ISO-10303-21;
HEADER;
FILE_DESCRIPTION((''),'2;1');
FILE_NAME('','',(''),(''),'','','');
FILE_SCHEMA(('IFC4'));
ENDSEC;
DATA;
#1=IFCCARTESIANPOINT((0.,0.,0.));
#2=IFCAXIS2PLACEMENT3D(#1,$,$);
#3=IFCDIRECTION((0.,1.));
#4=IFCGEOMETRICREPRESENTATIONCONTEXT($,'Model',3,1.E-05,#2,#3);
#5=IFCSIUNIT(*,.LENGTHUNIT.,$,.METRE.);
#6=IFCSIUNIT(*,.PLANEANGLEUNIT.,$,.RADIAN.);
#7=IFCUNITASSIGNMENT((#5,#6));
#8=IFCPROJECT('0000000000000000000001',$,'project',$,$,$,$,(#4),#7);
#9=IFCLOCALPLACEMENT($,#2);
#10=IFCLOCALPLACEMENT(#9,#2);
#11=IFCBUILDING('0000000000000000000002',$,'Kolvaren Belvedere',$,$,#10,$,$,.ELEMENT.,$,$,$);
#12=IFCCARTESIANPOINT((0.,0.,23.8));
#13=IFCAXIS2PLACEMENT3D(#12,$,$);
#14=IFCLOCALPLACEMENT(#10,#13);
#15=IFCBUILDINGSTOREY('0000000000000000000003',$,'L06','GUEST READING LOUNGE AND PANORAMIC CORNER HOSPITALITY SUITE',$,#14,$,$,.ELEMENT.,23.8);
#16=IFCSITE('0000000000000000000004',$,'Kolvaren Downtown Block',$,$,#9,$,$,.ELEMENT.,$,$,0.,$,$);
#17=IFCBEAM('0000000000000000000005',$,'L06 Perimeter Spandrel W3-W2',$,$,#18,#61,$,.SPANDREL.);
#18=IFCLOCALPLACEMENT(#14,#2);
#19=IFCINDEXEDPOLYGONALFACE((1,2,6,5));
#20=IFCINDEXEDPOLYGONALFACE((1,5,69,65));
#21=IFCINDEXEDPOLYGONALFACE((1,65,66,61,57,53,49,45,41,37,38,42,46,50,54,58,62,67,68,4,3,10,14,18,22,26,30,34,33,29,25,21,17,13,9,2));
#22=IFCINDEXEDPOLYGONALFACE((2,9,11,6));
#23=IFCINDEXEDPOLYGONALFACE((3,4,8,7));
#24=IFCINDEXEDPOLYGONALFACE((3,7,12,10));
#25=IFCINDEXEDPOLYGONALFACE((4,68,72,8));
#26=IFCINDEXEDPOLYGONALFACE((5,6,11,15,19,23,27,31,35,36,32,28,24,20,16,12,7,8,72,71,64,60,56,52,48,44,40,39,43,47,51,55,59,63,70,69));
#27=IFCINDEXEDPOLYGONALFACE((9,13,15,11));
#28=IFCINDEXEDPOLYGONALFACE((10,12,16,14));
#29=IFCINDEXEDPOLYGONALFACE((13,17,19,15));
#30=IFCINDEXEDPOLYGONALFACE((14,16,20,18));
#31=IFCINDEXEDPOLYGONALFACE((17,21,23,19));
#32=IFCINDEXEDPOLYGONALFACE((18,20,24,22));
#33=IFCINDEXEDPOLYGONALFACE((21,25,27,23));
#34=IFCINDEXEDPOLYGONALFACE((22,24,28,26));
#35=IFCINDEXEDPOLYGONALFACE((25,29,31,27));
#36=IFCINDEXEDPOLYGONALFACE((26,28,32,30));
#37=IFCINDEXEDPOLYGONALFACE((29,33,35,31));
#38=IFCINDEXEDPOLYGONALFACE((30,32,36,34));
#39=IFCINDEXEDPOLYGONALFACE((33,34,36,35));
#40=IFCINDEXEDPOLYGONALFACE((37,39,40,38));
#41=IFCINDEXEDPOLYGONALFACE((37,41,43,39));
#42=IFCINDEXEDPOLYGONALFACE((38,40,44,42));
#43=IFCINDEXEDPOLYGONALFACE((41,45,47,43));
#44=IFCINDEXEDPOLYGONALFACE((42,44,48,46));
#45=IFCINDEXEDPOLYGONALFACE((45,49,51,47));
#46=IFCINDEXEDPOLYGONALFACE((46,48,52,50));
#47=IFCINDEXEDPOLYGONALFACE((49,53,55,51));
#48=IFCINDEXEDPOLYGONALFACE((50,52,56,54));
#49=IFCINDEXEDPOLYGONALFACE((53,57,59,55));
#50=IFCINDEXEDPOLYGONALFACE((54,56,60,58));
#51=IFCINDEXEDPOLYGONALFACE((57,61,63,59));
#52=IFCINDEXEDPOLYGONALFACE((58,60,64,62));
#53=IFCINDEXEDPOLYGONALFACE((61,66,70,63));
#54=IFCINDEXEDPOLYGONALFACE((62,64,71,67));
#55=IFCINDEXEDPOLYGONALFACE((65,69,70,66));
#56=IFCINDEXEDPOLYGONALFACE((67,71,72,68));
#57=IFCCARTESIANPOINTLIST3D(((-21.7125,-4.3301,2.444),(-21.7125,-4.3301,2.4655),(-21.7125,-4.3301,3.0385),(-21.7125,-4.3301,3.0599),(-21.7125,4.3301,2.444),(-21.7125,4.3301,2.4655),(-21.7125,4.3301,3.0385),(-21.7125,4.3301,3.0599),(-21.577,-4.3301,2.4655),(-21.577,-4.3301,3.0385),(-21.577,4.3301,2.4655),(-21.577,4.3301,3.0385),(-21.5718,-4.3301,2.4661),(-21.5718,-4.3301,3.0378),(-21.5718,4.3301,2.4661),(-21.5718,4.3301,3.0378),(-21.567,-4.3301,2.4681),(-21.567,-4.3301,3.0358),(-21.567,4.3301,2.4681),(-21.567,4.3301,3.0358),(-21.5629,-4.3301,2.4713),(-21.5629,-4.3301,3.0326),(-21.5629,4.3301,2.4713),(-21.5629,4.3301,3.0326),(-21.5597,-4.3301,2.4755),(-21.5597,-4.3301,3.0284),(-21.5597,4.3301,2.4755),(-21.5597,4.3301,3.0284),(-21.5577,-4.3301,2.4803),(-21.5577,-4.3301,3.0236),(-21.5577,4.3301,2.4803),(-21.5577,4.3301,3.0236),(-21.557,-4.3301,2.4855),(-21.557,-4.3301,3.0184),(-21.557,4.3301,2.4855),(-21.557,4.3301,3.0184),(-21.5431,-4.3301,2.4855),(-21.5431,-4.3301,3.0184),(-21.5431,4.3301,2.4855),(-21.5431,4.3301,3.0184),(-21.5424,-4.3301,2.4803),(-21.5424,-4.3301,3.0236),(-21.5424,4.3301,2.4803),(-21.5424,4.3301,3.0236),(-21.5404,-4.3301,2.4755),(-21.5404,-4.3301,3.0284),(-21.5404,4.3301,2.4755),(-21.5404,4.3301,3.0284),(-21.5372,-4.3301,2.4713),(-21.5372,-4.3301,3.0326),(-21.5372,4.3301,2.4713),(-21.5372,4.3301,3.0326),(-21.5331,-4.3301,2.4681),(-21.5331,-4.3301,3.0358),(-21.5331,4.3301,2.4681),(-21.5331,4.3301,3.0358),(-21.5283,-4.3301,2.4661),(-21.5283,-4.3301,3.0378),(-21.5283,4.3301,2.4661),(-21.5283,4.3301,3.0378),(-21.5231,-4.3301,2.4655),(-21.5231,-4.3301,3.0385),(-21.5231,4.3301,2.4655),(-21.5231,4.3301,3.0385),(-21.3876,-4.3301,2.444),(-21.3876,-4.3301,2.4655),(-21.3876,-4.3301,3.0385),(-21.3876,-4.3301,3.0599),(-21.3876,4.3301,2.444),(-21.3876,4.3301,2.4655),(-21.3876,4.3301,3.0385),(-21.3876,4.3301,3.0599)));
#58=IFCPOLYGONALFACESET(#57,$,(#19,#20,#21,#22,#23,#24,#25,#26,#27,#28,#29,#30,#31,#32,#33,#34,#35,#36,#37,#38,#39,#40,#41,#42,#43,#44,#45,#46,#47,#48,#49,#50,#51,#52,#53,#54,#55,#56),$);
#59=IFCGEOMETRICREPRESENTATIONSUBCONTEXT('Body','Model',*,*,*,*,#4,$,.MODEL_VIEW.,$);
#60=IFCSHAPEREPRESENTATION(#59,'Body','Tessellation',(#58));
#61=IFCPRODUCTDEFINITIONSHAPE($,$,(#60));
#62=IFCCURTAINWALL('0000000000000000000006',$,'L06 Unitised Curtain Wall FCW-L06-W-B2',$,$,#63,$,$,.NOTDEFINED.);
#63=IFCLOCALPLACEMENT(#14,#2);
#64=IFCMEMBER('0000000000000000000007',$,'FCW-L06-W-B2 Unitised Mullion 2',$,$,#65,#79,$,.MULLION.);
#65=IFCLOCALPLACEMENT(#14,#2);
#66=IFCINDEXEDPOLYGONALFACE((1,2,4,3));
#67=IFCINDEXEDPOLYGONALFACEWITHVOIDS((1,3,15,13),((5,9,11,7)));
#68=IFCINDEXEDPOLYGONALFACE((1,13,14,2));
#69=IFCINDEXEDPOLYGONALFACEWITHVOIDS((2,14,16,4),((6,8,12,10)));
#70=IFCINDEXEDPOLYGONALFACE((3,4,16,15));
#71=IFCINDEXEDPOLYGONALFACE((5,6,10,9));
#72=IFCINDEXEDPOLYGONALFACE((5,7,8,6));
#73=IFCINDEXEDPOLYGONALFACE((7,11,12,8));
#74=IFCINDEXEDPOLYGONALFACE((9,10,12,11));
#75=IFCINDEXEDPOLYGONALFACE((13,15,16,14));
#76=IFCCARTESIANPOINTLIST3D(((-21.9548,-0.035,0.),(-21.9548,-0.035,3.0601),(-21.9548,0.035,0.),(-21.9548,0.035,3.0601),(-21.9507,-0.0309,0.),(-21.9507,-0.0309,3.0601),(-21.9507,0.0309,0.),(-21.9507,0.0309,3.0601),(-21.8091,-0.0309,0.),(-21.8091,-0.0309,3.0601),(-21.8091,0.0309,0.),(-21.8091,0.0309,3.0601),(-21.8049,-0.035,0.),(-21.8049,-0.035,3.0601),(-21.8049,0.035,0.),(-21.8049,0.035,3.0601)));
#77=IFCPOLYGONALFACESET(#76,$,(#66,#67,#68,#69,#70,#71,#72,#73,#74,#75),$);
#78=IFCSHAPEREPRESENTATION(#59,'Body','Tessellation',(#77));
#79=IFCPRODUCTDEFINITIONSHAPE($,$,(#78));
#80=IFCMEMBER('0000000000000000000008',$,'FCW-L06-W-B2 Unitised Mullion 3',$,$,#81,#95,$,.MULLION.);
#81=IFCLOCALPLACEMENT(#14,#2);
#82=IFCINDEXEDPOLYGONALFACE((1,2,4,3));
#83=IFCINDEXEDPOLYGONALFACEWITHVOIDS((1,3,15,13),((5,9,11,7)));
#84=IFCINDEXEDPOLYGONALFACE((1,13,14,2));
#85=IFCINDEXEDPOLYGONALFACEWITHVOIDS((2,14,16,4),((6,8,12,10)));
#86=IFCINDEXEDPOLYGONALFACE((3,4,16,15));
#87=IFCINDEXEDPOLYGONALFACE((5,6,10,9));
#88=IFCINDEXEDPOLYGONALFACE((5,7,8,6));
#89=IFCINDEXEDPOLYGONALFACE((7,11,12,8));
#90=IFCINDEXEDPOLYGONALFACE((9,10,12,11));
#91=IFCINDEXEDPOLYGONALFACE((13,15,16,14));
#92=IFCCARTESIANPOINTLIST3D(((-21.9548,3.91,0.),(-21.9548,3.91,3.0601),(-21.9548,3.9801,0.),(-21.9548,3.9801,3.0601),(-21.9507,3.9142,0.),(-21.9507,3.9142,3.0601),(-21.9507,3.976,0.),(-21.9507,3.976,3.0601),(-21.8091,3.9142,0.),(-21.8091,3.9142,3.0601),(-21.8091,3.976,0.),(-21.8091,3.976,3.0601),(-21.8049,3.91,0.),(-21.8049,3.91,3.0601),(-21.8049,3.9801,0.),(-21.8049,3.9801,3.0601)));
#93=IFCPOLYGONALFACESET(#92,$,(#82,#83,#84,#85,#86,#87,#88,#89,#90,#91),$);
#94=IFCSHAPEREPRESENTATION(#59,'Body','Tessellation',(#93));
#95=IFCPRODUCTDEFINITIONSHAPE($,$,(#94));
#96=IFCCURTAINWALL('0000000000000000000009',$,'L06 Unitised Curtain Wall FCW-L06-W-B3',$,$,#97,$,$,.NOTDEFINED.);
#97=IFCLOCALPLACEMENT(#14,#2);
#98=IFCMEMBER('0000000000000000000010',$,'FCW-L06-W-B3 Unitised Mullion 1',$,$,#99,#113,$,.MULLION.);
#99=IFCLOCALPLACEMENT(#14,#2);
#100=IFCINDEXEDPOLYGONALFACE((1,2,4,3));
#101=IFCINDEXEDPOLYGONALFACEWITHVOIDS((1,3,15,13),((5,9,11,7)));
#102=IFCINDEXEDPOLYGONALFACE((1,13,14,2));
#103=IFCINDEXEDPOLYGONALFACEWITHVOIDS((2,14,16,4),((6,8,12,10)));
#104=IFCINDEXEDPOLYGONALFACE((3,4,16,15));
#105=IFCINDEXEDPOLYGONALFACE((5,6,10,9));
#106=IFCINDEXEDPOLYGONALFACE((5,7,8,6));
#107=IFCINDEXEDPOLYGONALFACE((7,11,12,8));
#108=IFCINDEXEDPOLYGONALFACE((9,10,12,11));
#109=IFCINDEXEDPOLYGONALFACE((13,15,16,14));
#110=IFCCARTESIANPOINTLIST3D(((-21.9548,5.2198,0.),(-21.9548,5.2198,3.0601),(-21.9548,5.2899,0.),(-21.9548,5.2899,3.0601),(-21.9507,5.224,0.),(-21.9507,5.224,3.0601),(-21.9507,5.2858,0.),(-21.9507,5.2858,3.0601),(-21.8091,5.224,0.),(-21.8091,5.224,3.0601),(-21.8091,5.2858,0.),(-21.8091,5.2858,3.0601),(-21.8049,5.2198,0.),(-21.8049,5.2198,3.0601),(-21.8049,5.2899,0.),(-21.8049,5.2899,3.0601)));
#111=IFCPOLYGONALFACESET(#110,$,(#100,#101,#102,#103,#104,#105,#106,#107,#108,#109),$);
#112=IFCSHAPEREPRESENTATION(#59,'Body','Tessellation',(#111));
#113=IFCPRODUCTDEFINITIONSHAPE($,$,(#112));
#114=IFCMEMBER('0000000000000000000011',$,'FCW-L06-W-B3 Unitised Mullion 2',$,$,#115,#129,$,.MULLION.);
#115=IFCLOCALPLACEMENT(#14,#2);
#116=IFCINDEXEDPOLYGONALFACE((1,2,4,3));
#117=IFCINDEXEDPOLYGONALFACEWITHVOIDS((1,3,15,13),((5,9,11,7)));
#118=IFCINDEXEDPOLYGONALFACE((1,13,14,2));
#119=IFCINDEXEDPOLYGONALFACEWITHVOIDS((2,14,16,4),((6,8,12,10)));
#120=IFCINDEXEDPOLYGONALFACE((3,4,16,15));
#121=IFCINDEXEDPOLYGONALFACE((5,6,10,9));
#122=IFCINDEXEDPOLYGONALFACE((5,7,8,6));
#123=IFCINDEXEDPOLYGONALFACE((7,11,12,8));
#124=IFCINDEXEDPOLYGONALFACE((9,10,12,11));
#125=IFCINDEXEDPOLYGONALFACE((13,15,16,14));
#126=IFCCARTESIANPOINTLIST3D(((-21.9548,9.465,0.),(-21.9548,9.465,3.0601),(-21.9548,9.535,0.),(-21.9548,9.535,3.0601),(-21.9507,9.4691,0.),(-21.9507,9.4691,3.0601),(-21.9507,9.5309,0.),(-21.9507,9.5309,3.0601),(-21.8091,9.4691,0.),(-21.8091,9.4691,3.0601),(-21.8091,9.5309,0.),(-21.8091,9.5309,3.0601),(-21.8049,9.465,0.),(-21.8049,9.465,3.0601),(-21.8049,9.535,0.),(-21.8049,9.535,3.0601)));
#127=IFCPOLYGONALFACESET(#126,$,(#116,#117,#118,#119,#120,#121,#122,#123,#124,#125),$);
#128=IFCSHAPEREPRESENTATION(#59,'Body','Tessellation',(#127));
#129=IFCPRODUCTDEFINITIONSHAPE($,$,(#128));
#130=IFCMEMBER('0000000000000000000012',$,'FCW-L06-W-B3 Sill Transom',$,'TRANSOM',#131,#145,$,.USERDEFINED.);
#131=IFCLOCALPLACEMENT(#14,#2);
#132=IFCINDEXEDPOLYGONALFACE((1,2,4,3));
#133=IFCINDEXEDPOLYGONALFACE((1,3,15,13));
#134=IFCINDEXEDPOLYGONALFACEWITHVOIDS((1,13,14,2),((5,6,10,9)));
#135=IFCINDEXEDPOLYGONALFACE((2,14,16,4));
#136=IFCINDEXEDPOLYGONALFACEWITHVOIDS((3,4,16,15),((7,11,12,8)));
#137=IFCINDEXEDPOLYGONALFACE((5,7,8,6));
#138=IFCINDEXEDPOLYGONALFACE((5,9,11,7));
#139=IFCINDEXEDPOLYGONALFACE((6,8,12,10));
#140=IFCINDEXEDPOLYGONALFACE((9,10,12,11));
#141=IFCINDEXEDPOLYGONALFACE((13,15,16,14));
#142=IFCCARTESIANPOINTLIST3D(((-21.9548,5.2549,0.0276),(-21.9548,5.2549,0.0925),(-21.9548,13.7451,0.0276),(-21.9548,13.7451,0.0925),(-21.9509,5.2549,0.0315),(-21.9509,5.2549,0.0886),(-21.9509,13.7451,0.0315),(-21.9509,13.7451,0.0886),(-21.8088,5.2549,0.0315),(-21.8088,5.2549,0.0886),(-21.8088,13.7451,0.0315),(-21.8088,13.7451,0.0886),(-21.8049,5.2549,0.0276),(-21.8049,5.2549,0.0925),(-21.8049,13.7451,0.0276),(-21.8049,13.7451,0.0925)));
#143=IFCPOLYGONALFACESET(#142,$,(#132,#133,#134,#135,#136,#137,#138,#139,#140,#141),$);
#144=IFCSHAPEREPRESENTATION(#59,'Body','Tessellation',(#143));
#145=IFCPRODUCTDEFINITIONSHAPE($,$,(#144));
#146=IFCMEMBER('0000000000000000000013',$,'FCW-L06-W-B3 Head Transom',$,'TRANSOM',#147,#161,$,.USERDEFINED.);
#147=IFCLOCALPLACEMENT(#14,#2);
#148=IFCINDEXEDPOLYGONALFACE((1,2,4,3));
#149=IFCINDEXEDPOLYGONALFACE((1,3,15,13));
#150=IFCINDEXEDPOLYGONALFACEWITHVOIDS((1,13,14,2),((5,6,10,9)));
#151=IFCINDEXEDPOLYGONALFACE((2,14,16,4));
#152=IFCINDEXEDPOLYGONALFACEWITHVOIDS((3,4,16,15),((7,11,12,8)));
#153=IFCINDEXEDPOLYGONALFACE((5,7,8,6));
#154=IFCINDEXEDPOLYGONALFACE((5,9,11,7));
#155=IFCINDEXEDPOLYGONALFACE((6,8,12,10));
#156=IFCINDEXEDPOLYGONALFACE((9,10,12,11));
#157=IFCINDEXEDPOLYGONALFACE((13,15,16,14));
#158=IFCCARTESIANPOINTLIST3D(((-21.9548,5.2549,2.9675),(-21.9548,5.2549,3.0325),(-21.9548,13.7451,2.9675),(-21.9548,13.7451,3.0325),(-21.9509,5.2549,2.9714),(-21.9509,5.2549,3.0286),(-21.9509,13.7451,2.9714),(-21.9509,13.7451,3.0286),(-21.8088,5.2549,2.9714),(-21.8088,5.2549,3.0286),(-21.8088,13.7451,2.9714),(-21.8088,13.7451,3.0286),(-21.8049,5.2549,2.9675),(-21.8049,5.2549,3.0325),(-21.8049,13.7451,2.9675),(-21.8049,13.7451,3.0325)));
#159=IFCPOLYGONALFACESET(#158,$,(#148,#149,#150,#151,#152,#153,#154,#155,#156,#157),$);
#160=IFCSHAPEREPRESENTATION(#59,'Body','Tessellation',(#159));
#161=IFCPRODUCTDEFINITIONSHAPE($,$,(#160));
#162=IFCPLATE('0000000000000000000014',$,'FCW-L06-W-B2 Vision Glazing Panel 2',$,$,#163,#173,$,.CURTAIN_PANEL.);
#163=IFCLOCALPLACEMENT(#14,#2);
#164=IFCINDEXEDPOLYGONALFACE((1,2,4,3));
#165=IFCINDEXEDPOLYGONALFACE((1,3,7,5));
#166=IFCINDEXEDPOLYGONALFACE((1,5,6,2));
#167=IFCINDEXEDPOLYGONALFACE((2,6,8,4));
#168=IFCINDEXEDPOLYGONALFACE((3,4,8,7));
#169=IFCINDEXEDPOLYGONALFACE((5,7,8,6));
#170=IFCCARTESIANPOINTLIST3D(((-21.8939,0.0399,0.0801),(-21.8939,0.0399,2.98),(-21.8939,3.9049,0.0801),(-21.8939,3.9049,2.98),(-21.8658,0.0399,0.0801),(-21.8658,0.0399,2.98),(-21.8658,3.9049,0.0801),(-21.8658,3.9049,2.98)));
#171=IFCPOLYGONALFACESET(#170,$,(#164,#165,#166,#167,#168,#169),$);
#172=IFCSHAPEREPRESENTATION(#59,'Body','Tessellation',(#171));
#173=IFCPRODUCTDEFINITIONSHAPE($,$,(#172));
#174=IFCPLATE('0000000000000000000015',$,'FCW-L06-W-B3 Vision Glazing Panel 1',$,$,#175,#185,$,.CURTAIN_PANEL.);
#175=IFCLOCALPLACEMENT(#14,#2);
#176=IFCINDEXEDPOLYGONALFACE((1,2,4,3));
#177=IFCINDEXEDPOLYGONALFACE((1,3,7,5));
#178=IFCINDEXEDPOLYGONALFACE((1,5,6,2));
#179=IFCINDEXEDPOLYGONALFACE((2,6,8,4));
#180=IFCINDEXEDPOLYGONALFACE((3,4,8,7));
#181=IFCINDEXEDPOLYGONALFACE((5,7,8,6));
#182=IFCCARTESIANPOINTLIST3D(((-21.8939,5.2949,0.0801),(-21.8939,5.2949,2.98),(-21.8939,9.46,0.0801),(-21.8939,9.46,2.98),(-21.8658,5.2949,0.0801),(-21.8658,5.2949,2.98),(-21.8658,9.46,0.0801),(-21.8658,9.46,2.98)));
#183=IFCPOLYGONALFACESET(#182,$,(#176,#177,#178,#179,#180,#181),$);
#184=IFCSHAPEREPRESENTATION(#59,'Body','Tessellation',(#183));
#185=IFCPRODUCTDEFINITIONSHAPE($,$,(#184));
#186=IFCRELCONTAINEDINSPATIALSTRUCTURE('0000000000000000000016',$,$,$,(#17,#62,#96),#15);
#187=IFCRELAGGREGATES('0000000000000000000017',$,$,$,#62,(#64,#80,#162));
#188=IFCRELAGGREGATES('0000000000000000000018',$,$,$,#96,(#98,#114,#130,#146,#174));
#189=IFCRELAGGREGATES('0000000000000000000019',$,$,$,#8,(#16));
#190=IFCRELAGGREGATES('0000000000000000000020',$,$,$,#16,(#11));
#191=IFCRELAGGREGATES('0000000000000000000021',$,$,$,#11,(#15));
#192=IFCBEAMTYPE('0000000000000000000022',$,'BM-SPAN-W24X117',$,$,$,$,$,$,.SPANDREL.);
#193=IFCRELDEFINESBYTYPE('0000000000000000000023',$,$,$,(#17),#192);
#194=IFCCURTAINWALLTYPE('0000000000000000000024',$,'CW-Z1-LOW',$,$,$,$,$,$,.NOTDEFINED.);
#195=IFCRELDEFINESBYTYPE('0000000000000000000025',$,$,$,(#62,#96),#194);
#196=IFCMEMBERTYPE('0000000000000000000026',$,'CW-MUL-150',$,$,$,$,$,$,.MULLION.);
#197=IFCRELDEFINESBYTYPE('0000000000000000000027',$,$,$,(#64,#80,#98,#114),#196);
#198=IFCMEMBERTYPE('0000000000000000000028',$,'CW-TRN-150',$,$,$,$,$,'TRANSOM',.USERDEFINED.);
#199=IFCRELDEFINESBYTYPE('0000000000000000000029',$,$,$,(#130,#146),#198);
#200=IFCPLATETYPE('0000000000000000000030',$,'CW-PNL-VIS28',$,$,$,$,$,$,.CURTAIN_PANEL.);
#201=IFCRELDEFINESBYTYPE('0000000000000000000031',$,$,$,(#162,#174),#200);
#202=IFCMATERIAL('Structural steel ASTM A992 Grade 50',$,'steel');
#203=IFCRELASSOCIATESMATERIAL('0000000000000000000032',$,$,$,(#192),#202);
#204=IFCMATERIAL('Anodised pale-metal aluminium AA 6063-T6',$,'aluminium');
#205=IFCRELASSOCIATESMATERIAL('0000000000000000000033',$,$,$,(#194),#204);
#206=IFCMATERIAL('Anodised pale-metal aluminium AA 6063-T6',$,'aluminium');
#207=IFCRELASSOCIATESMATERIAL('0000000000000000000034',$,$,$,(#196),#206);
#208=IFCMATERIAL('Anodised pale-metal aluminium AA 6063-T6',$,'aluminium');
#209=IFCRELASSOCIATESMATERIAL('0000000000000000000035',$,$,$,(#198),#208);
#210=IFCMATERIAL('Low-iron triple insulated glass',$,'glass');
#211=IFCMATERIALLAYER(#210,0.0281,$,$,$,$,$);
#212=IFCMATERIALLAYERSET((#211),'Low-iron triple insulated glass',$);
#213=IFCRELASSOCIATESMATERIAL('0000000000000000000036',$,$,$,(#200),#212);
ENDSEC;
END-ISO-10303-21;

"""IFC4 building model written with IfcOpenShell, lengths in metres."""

from ifc_helpers import new_model, si_unit, direction, frame, origin, origin_2d, place, context, subcontext, project, spatial, rectangle, hollow_rectangle, i_section, extrude, material, layer, layer_set, material_profile, profile_set, type_object, element, aggregate, save


model = new_model("IFC4")

# Units and contexts
model_context = context("Model", 3, precision=1e-05, world=origin(), true_north=direction((0.0, 1.0)))
body_context = subcontext(model_context, "Body", "Model", "MODEL_VIEW")
ifc_project = project(units=[si_unit("LENGTHUNIT", "METRE"), si_unit("PLANEANGLEUNIT", "RADIAN")], contexts=[model_context])

# Site, building, storey
site_placement = place(None, origin())
site = spatial("IfcSite", under=ifc_project, at=site_placement, Name="Kolvaren Downtown Block", CompositionType="ELEMENT", RefElevation=0.0)
building_placement = place(site_placement, origin())
building = spatial("IfcBuilding", under=site, at=building_placement, Name="Kolvaren Belvedere", CompositionType="ELEMENT")
storey_placement = place(building_placement, frame((0.0, 0.0, 23.8)))
storey = spatial("IfcBuildingStorey", under=building, at=storey_placement, Name="L06", Description="GUEST READING LOUNGE AND PANORAMIC CORNER HOSPITALITY SUITE", CompositionType="ELEMENT", Elevation=23.8)

# Beam
ifc_material_1 = material(Name="Structural steel ASTM A992 Grade 50", Category="steel")
ifc_material_profile_1 = material_profile(ifc_material_1, i_section(OverallWidth=0.325, OverallDepth=0.616, WebThickness=0.0139, FlangeThickness=0.0215, FilletRadius=0.02, at=origin_2d()), Name="W24X117")
ifc_profile_set_1 = profile_set([ifc_material_profile_1], Name="Structural steel ASTM A992 Grade 50")
beam_type_1 = type_object("IfcBeamType", Name="BM-SPAN-W24X117", PredefinedType="SPANDREL", material=ifc_profile_set_1)
beam_1_placement = place(storey_placement, frame((-21.55, 4.3301, 2.752), z_axis=(0.0, -1.0, 0.0), x_axis=(1.0, 0.0, 0.0)))
element("IfcBeam", 1, at=beam_1_placement, inside=storey, type_object=beam_type_1, Name="L06 Perimeter Spandrel W3-W2", PredefinedType="SPANDREL", context=body_context, shape_type="SweptSolid", body=[
    extrude(i_section(OverallWidth=0.325, OverallDepth=0.616, WebThickness=0.0139, FlangeThickness=0.0215, FilletRadius=0.02, at=origin_2d()), origin(), (0.0, 0.0, 1.0), 8.6602),
])

# Curtain walls, members
ifc_material_2 = material(Name="Anodised pale-metal aluminium AA 6063-T6", Category="aluminium")
curtain_wall_type = type_object("IfcCurtainWallType", Name="CW-Z1-LOW", PredefinedType="NOTDEFINED", material=ifc_material_2)
curtain_wall_1_placement = place(storey_placement, origin())
curtain_wall_1 = element("IfcCurtainWall", 2, at=curtain_wall_1_placement, inside=storey, type_object=curtain_wall_type, Name="L06 Unitised Curtain Wall FCW-L06-W-B2", PredefinedType="NOTDEFINED")
ifc_material_3 = material(Name="Anodised pale-metal aluminium AA 6063-T6", Category="aluminium")
ifc_material_profile_2 = material_profile(ifc_material_3, hollow_rectangle(XDim=0.0701, YDim=0.1499, WallThickness=0.0042, at=origin_2d()), Name="ALU-MUL-150X70")
ifc_profile_set_2 = profile_set([ifc_material_profile_2], Name="Anodised pale-metal aluminium AA 6063-T6")
member_type_1 = type_object("IfcMemberType", Name="CW-MUL-150", PredefinedType="MULLION", material=ifc_profile_set_2)
member_1_placement = place(storey_placement, frame((-21.8799, 0.0, 0.0), z_axis=(0.0, 0.0, 1.0), x_axis=(0.0, 1.0, 0.0)))
member_1 = element("IfcMember", 3, at=member_1_placement, type_object=member_type_1, Name="FCW-L06-W-B2 Unitised Mullion 2", PredefinedType="MULLION", context=body_context, shape_type="SweptSolid", body=[
    extrude(hollow_rectangle(XDim=0.0701, YDim=0.1499, WallThickness=0.0042, at=origin_2d()), origin(), (0.0, 0.0, 1.0), 3.0601),
])
member_2_placement = place(storey_placement, frame((-21.8799, 3.9451, 0.0), z_axis=(0.0, 0.0, 1.0), x_axis=(0.0, 1.0, 0.0)))
member_2 = element("IfcMember", 4, at=member_2_placement, type_object=member_type_1, Name="FCW-L06-W-B2 Unitised Mullion 3", PredefinedType="MULLION", context=body_context, shape_type="SweptSolid", body=[
    extrude(hollow_rectangle(XDim=0.0701, YDim=0.1499, WallThickness=0.0042, at=origin_2d()), origin(), (0.0, 0.0, 1.0), 3.0601),
])
curtain_wall_2_placement = place(storey_placement, origin())
curtain_wall_2 = element("IfcCurtainWall", 5, at=curtain_wall_2_placement, inside=storey, type_object=curtain_wall_type, Name="L06 Unitised Curtain Wall FCW-L06-W-B3", PredefinedType="NOTDEFINED")
member_3_placement = place(storey_placement, frame((-21.8799, 5.2549, 0.0), z_axis=(0.0, 0.0, 1.0), x_axis=(0.0, 1.0, 0.0)))
member_3 = element("IfcMember", 6, at=member_3_placement, type_object=member_type_1, Name="FCW-L06-W-B3 Unitised Mullion 1", PredefinedType="MULLION", context=body_context, shape_type="SweptSolid", body=[
    extrude(hollow_rectangle(XDim=0.0701, YDim=0.1499, WallThickness=0.0042, at=origin_2d()), origin(), (0.0, 0.0, 1.0), 3.0601),
])
member_4_placement = place(storey_placement, frame((-21.8799, 9.5, 0.0), z_axis=(0.0, 0.0, 1.0), x_axis=(0.0, 1.0, 0.0)))
member_4 = element("IfcMember", 7, at=member_4_placement, type_object=member_type_1, Name="FCW-L06-W-B3 Unitised Mullion 2", PredefinedType="MULLION", context=body_context, shape_type="SweptSolid", body=[
    extrude(hollow_rectangle(XDim=0.0701, YDim=0.1499, WallThickness=0.0042, at=origin_2d()), origin(), (0.0, 0.0, 1.0), 3.0601),
])
ifc_material_4 = material(Name="Anodised pale-metal aluminium AA 6063-T6", Category="aluminium")
ifc_material_profile_3 = material_profile(ifc_material_4, hollow_rectangle(XDim=0.0649, YDim=0.1499, WallThickness=0.0039, at=origin_2d()), Name="ALU-TRN-150X65")
ifc_profile_set_3 = profile_set([ifc_material_profile_3], Name="Anodised pale-metal aluminium AA 6063-T6")
member_type_2 = type_object("IfcMemberType", Name="CW-TRN-150", ElementType="TRANSOM", PredefinedType="USERDEFINED", material=ifc_profile_set_3)
member_5_placement = place(storey_placement, frame((-21.8799, 5.2549, 0.0601), z_axis=(0.0, 1.0, 0.0), x_axis=(0.0, 0.0, 1.0)))
member_5 = element("IfcMember", 8, at=member_5_placement, type_object=member_type_2, Name="FCW-L06-W-B3 Sill Transom", ObjectType="TRANSOM", PredefinedType="USERDEFINED", context=body_context, shape_type="SweptSolid", body=[
    extrude(hollow_rectangle(XDim=0.0649, YDim=0.1499, WallThickness=0.0039, at=origin_2d()), origin(), (0.0, 0.0, 1.0), 8.4902),
])
member_6_placement = place(storey_placement, frame((-21.8799, 5.2549, 3.0), z_axis=(0.0, 1.0, 0.0), x_axis=(0.0, 0.0, 1.0)))
member_6 = element("IfcMember", 9, at=member_6_placement, type_object=member_type_2, Name="FCW-L06-W-B3 Head Transom", ObjectType="TRANSOM", PredefinedType="USERDEFINED", context=body_context, shape_type="SweptSolid", body=[
    extrude(hollow_rectangle(XDim=0.0649, YDim=0.1499, WallThickness=0.0039, at=origin_2d()), origin(), (0.0, 0.0, 1.0), 8.4902),
])

# Plates
ifc_material_5 = material(Name="Low-iron triple insulated glass", Category="glass")
ifc_layer_1 = layer(ifc_material_5, 0.0281)
ifc_layer_set_1 = layer_set([ifc_layer_1], Name="Low-iron triple insulated glass")
plate_type_1 = type_object("IfcPlateType", Name="CW-PNL-VIS28", PredefinedType="CURTAIN_PANEL", material=ifc_layer_set_1)
plate_1_placement = place(storey_placement, frame((-21.8799, 1.9724, 0.0801), z_axis=(0.0, 0.0, 1.0), x_axis=(0.0, 1.0, 0.0)))
plate_1 = element("IfcPlate", 10, at=plate_1_placement, type_object=plate_type_1, Name="FCW-L06-W-B2 Vision Glazing Panel 2", PredefinedType="CURTAIN_PANEL", context=body_context, shape_type="SweptSolid", body=[
    extrude(rectangle(XDim=3.865, YDim=0.0281, at=origin_2d()), origin(), (0.0, 0.0, 1.0), 2.8999),
])
aggregate(curtain_wall_1, [member_1, member_2, plate_1])
plate_2_placement = place(storey_placement, frame((-21.8799, 7.3774, 0.0801), z_axis=(0.0, 0.0, 1.0), x_axis=(0.0, 1.0, 0.0)))
plate_2 = element("IfcPlate", 11, at=plate_2_placement, type_object=plate_type_1, Name="FCW-L06-W-B3 Vision Glazing Panel 1", PredefinedType="CURTAIN_PANEL", context=body_context, shape_type="SweptSolid", body=[
    extrude(rectangle(XDim=4.165, YDim=0.0281, at=origin_2d()), origin(), (0.0, 0.0, 1.0), 2.8999),
])
aggregate(curtain_wall_2, [member_3, member_4, member_5, member_6, plate_2])

save(model, "model.ifc")
